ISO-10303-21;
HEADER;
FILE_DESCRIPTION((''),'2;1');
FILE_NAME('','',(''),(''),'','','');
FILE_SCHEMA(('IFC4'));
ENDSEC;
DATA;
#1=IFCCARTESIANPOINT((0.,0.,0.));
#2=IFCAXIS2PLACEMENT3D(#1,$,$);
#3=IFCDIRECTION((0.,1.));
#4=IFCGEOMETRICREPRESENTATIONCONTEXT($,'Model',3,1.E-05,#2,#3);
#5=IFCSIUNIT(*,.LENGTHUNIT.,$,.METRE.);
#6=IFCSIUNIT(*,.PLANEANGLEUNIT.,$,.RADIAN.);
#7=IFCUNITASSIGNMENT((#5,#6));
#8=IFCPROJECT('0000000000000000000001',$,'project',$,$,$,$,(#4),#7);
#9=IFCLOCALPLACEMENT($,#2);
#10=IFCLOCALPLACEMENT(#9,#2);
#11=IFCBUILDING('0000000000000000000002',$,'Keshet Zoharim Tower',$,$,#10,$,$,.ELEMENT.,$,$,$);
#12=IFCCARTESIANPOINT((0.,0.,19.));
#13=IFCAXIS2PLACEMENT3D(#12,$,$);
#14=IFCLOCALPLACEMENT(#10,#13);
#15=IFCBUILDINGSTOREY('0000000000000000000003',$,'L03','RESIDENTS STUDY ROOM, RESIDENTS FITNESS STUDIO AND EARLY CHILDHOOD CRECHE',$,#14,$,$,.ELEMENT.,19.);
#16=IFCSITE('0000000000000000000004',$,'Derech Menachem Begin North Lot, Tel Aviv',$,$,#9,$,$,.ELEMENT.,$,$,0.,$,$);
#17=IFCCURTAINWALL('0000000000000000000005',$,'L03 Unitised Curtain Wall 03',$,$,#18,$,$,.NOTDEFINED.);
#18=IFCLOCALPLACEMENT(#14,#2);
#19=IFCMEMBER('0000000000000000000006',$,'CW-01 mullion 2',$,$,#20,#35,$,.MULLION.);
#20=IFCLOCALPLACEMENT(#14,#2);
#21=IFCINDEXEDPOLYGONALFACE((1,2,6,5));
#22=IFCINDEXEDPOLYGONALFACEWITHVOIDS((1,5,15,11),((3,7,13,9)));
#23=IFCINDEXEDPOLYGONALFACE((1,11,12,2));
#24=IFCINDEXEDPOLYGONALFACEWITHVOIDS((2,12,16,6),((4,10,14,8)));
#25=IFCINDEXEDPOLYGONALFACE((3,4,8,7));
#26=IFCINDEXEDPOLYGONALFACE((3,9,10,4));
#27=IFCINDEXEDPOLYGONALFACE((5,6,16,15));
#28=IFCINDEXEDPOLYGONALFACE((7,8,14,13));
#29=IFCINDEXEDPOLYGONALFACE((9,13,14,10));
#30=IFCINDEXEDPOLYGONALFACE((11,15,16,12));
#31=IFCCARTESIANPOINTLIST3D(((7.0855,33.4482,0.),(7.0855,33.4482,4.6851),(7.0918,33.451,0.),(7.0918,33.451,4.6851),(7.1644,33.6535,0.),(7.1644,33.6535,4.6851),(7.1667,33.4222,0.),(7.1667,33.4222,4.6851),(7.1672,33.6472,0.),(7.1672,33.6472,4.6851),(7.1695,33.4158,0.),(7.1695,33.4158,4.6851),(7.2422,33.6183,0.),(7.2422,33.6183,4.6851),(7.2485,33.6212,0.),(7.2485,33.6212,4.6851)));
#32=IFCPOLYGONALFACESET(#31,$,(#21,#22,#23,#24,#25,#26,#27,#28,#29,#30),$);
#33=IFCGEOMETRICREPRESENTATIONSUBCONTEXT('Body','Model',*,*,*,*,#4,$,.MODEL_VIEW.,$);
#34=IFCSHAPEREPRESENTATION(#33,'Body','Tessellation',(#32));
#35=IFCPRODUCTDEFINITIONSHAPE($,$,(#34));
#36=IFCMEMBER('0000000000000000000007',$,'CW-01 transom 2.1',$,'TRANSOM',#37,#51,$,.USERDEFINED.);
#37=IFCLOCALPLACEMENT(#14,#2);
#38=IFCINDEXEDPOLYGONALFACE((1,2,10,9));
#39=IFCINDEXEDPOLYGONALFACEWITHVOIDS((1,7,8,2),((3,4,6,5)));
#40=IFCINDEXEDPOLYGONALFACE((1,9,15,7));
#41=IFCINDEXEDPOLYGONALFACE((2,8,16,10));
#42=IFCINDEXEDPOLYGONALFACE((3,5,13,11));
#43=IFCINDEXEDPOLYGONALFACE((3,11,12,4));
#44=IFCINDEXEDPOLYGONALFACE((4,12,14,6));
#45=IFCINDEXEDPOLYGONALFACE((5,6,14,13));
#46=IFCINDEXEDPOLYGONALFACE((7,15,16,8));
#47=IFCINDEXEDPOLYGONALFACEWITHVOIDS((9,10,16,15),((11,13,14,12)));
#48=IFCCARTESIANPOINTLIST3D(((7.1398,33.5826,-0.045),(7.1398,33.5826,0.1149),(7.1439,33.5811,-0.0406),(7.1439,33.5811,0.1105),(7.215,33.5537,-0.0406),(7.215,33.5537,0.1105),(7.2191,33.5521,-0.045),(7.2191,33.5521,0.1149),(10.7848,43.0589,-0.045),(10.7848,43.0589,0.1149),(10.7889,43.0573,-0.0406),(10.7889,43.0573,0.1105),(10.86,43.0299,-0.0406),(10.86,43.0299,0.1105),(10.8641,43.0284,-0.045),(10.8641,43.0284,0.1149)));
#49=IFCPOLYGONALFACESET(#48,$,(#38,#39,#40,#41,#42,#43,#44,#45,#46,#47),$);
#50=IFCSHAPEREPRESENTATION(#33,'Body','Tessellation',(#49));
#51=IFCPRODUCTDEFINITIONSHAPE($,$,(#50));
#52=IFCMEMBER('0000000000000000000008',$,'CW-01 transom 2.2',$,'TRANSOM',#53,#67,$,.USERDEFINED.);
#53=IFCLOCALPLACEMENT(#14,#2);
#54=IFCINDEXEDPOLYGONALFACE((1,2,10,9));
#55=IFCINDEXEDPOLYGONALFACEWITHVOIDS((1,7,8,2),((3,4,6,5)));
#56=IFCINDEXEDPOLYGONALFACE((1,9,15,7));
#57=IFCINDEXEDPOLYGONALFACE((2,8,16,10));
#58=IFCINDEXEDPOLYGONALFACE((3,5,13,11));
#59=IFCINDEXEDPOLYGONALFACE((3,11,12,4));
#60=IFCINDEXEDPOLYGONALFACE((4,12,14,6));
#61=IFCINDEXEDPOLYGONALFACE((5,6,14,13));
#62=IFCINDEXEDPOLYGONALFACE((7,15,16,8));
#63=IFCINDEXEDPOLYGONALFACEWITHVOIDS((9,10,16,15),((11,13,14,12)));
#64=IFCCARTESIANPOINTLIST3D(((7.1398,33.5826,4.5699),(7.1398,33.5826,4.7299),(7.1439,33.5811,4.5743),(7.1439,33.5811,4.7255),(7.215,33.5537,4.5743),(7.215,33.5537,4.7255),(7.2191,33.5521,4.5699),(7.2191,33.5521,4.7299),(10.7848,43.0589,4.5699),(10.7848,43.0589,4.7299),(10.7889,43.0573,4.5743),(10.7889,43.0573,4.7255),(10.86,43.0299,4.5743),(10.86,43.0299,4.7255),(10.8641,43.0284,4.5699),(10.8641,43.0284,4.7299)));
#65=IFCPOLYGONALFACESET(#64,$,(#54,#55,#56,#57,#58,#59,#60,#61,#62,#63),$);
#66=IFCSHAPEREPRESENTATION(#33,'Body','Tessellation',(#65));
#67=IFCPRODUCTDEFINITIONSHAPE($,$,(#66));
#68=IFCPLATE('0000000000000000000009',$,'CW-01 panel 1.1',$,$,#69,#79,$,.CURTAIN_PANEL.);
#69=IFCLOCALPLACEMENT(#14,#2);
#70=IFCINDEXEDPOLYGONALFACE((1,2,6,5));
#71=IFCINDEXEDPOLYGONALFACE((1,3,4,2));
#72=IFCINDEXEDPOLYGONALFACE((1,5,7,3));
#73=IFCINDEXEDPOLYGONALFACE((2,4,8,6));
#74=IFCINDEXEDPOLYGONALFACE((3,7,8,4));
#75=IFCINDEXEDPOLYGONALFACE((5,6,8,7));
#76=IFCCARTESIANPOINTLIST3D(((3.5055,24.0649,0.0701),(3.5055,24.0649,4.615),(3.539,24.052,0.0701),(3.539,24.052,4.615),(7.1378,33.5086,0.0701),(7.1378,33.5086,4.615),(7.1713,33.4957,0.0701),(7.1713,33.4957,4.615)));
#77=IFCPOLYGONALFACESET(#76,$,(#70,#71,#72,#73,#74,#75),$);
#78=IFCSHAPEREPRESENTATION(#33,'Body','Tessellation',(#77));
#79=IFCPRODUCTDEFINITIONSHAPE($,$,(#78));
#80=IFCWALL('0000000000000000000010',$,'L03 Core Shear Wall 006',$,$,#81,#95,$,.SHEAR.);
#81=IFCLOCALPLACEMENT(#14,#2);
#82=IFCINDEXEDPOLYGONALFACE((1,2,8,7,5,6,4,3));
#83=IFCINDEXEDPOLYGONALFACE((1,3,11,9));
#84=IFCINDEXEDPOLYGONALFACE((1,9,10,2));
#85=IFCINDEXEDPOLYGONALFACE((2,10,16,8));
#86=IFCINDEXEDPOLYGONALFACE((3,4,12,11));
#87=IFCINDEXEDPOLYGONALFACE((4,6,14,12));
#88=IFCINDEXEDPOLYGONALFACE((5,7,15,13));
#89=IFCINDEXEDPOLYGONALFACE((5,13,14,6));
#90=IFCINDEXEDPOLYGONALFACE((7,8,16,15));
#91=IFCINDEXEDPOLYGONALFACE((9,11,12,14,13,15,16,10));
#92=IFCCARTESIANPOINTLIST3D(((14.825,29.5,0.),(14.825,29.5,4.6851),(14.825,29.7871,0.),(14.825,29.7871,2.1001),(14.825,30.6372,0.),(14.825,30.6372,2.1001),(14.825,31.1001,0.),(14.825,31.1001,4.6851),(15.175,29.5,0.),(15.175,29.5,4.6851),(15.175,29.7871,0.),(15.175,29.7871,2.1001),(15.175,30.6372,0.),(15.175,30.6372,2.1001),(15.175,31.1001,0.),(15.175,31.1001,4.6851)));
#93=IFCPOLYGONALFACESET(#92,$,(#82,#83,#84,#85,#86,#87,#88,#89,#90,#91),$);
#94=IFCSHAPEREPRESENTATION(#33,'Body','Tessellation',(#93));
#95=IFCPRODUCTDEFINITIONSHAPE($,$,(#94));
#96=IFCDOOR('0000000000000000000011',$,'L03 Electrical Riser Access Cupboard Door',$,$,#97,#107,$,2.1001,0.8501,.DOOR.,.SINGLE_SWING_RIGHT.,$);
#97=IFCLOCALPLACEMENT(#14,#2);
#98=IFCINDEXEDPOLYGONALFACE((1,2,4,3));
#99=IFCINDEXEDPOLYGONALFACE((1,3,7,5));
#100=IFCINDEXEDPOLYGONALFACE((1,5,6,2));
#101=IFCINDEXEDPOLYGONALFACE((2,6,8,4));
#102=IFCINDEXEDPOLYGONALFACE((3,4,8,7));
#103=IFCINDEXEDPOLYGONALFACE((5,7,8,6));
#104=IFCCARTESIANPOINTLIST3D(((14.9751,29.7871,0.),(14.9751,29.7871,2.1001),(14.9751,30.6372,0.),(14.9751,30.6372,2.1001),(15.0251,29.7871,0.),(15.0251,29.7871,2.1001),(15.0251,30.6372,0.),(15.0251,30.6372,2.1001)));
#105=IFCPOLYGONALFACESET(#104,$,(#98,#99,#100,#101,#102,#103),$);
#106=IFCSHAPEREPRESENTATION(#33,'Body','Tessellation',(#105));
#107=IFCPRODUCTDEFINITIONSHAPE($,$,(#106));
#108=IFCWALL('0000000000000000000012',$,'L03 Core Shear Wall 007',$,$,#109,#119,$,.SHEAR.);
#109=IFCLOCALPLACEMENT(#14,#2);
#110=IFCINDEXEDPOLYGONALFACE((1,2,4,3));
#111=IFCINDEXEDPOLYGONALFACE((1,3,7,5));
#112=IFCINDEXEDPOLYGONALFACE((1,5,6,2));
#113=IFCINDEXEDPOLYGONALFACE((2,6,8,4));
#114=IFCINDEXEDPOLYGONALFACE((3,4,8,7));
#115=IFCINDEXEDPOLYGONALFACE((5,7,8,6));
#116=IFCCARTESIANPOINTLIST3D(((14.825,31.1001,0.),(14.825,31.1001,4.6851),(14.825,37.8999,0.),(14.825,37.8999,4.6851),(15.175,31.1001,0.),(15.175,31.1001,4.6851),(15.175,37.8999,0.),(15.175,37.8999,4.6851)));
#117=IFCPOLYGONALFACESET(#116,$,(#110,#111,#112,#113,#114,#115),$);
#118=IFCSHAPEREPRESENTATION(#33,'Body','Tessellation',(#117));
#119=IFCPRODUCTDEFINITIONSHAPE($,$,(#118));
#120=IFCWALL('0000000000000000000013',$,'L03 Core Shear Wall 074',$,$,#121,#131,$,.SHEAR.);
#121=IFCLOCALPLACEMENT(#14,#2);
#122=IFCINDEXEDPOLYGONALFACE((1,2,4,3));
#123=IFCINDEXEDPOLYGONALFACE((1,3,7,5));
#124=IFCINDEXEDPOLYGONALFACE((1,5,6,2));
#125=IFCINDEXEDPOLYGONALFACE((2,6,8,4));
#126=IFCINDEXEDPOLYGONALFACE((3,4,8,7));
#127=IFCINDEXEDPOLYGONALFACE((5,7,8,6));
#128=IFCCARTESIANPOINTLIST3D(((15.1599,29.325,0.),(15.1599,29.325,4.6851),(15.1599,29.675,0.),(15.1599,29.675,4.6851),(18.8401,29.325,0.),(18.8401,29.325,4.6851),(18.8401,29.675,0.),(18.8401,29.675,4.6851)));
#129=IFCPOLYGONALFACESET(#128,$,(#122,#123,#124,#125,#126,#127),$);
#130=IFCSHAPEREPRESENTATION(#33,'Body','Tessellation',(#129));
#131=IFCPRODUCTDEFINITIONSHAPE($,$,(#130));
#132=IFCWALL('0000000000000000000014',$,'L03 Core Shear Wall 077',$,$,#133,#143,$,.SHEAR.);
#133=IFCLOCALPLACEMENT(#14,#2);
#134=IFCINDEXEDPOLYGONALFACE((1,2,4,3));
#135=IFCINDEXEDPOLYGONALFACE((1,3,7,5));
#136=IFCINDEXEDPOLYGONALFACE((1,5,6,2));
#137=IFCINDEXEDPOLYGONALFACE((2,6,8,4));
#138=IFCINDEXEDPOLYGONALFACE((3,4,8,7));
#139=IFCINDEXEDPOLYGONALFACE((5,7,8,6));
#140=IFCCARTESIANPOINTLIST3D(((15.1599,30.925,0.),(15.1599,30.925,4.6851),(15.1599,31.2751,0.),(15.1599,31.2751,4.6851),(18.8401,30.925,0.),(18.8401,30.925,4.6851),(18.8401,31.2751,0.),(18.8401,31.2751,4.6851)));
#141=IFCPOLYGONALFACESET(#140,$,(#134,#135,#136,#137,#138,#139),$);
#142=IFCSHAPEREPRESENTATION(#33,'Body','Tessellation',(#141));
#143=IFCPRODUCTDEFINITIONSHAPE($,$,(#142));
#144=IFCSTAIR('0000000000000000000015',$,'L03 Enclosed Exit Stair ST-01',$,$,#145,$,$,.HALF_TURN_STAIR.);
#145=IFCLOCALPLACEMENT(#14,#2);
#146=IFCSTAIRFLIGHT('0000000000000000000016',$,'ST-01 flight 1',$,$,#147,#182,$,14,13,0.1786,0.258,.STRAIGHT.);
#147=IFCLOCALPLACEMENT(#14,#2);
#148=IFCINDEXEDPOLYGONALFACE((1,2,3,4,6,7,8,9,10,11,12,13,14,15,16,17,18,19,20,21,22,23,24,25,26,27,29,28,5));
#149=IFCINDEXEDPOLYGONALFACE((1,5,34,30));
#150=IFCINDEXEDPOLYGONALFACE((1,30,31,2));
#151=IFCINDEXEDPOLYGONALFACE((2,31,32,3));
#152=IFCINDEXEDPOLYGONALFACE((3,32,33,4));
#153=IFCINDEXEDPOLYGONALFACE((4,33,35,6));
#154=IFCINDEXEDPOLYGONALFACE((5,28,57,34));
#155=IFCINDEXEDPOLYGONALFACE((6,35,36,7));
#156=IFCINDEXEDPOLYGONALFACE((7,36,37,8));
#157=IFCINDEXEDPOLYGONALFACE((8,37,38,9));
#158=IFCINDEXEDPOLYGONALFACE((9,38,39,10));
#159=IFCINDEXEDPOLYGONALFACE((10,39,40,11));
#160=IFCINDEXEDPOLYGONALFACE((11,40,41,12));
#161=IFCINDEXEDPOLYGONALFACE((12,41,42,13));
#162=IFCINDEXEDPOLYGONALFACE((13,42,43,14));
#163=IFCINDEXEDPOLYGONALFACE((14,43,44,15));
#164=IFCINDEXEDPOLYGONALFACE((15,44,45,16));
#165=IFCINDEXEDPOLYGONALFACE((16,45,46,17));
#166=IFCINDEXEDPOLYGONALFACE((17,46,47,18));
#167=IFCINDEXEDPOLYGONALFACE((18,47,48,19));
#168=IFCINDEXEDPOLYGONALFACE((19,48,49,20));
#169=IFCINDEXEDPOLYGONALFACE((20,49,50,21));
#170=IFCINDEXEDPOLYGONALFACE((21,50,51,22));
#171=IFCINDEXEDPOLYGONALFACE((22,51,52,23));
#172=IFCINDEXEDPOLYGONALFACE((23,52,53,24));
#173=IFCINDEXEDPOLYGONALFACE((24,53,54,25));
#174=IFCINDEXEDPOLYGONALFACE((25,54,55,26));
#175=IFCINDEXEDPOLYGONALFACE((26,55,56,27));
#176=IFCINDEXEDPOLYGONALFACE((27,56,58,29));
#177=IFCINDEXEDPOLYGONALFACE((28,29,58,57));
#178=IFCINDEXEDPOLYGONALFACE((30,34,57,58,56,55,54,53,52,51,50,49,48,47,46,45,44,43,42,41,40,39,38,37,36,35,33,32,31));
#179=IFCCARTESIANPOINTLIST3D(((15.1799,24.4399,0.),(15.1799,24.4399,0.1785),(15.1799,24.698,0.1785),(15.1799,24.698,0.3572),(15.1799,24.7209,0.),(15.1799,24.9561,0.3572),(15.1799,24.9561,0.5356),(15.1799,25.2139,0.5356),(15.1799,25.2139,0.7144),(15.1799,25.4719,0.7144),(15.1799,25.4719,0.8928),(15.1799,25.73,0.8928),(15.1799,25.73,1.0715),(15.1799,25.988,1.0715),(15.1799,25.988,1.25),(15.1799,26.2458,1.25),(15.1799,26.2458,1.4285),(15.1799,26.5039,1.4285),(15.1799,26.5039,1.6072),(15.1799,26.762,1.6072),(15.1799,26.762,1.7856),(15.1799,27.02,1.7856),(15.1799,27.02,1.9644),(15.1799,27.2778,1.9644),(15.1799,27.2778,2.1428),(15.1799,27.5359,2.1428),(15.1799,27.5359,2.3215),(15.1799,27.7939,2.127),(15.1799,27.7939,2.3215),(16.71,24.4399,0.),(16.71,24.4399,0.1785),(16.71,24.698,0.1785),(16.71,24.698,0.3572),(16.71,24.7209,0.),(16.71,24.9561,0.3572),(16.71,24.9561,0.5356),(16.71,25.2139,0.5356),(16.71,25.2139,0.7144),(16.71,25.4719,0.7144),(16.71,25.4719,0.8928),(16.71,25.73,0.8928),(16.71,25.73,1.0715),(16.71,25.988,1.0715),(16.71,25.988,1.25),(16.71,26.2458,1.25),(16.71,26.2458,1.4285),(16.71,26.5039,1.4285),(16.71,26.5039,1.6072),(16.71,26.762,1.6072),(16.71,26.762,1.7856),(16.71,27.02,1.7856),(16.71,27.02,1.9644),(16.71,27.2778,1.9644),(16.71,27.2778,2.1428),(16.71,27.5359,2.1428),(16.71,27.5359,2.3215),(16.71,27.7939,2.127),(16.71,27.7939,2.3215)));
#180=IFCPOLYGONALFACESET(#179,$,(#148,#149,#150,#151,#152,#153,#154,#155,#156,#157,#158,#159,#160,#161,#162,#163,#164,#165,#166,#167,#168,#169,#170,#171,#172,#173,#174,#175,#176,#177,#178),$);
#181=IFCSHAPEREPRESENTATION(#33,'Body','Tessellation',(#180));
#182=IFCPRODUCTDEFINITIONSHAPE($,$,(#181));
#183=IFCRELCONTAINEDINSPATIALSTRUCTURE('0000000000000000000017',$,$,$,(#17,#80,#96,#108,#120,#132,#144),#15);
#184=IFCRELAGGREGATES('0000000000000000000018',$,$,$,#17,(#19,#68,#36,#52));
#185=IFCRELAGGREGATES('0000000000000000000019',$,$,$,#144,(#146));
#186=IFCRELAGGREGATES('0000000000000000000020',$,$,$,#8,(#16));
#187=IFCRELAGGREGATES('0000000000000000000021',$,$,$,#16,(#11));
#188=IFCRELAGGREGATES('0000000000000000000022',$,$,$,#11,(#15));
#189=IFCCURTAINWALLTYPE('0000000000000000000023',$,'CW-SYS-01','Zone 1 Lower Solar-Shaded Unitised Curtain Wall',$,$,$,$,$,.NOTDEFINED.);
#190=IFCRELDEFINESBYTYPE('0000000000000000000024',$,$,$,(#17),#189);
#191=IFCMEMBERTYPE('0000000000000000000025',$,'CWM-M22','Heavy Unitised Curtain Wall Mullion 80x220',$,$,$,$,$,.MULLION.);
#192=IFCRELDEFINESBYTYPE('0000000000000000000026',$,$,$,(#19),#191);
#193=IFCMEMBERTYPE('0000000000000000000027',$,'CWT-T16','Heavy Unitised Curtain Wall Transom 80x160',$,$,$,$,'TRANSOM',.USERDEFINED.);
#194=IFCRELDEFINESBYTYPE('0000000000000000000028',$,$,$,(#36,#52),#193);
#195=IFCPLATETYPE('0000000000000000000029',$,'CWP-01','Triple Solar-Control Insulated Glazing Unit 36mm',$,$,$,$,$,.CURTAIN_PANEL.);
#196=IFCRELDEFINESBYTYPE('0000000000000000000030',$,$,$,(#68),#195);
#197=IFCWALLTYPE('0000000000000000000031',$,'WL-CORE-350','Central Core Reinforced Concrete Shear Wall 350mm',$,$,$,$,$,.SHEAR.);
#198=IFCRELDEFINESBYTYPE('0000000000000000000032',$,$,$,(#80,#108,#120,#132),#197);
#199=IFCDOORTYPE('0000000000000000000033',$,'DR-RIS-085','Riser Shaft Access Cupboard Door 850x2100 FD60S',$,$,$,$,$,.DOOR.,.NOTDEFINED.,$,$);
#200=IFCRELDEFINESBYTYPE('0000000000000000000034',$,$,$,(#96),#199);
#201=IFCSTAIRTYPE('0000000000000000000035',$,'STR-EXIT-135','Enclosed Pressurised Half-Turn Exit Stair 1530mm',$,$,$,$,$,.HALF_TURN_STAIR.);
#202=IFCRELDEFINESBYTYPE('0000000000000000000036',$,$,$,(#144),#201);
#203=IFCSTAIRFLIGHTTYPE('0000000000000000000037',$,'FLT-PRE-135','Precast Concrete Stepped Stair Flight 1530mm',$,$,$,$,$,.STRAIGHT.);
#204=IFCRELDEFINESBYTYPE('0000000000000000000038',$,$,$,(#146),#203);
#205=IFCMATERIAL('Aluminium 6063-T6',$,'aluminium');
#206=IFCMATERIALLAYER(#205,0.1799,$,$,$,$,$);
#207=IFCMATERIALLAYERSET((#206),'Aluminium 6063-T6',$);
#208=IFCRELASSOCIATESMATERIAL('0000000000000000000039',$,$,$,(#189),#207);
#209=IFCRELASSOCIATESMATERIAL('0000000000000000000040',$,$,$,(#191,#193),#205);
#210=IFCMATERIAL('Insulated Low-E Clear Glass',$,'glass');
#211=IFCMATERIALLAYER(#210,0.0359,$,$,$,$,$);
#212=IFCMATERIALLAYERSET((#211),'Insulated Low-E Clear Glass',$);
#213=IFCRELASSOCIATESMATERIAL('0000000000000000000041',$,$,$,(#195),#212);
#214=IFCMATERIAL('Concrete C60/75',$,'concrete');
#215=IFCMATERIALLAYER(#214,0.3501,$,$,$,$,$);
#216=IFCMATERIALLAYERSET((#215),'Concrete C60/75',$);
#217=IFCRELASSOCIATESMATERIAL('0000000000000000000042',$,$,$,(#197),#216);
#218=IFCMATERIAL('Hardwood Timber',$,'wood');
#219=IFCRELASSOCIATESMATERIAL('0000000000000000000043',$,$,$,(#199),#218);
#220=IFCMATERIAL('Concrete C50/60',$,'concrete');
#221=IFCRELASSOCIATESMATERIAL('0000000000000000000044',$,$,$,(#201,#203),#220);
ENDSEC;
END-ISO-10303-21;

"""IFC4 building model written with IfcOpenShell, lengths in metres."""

from ifc_helpers import new_model, si_unit, direction, frame, frame_2d, origin, origin_2d, place, context, subcontext, project, spatial, polyline, rectangle, hollow_rectangle, outline, extrude, material, layer, layer_set, material_profile, profile_set, type_object, element, fill, aggregate, save


model = new_model("IFC4")

# Units and contexts
model_context = context("Model", 3, precision=1e-05, world=origin(), true_north=direction((0.0, 1.0)))
body_context = subcontext(model_context, "Body", "Model", "MODEL_VIEW")
ifc_project = project(units=[si_unit("LENGTHUNIT", "METRE"), si_unit("PLANEANGLEUNIT", "RADIAN")], contexts=[model_context])

# Site, building, storey
site_placement = place(None, origin())
site = spatial("IfcSite", under=ifc_project, at=site_placement, Name="Derech Menachem Begin North Lot, Tel Aviv", CompositionType="ELEMENT", RefElevation=0.0)
building_placement = place(site_placement, origin())
building = spatial("IfcBuilding", under=site, at=building_placement, Name="Keshet Zoharim Tower", CompositionType="ELEMENT")
storey_placement = place(building_placement, frame((0.0, 0.0, 19.0)))
storey = spatial("IfcBuildingStorey", under=building, at=storey_placement, Name="L03", Description="RESIDENTS STUDY ROOM, RESIDENTS FITNESS STUDIO AND EARLY CHILDHOOD CRECHE", CompositionType="ELEMENT", Elevation=19.0)

# Curtain wall, members, plate
ifc_material_1 = material(Name="Aluminium 6063-T6", Category="aluminium")
ifc_layer_1 = layer(ifc_material_1, 0.1799)
ifc_layer_set_1 = layer_set([ifc_layer_1], Name="Aluminium 6063-T6")
curtain_wall_type = type_object("IfcCurtainWallType", Name="CW-SYS-01", Description="Zone 1 Lower Solar-Shaded Unitised Curtain Wall", PredefinedType="NOTDEFINED", material=ifc_layer_set_1)
curtain_wall_placement = place(storey_placement, origin())
curtain_wall = element("IfcCurtainWall", 1, at=curtain_wall_placement, inside=storey, type_object=curtain_wall_type, Name="L03 Unitised Curtain Wall 03", PredefinedType="NOTDEFINED")
ifc_material_profile_1 = material_profile(ifc_material_1, hollow_rectangle(XDim=0.0901, YDim=0.22, WallThickness=0.0049, at=origin_2d()), Name="MUL-90x220")
ifc_profile_set_1 = profile_set([ifc_material_profile_1], Name="Aluminium 6063-T6")
member_type_1 = type_object("IfcMemberType", Name="CWM-M22", Description="Heavy Unitised Curtain Wall Mullion 80x220", PredefinedType="MULLION", material=ifc_profile_set_1)
member_1_placement = place(storey_placement, frame((7.167, 33.5347, 0.0), z_axis=(0.0, 0.0, 1.0), x_axis=(-0.933341, 0.35899, 0.0)))
member_1 = element("IfcMember", 2, at=member_1_placement, type_object=member_type_1, Name="CW-01 mullion 2", PredefinedType="MULLION", context=body_context, shape_type="SweptSolid", body=[
    extrude(hollow_rectangle(XDim=0.0901, YDim=0.22, WallThickness=0.0049, at=origin_2d()), origin(), (0.0, 0.0, 1.0), 4.6851),
])
ifc_material_profile_2 = material_profile(ifc_material_1, hollow_rectangle(XDim=0.085, YDim=0.1599, WallThickness=0.0044, at=origin_2d()), Name="TRN-85x160")
ifc_profile_set_2 = profile_set([ifc_material_profile_2], Name="Aluminium 6063-T6")
member_type_2 = type_object("IfcMemberType", Name="CWT-T16", Description="Heavy Unitised Curtain Wall Transom 80x160", ElementType="TRANSOM", PredefinedType="USERDEFINED", material=ifc_profile_set_2)
member_2_placement = place(storey_placement, frame((7.1794, 33.5674, 0.0349), z_axis=(0.359003, 0.933336, 0.0), x_axis=(-0.933336, 0.359003, 0.0)))
member_2 = element("IfcMember", 3, at=member_2_placement, type_object=member_type_2, Name="CW-01 transom 2.1", ObjectType="TRANSOM", PredefinedType="USERDEFINED", context=body_context, shape_type="SweptSolid", body=[
    extrude(hollow_rectangle(XDim=0.085, YDim=0.1599, WallThickness=0.0044, at=origin_2d()), origin(), (0.0, 0.0, 1.0), 10.1531),
])
member_3_placement = place(storey_placement, frame((7.1794, 33.5674, 4.6499), z_axis=(0.359003, 0.933336, 0.0), x_axis=(-0.933336, 0.359003, 0.0)))
member_3 = element("IfcMember", 4, at=member_3_placement, type_object=member_type_2, Name="CW-01 transom 2.2", ObjectType="TRANSOM", PredefinedType="USERDEFINED", context=body_context, shape_type="SweptSolid", body=[
    extrude(hollow_rectangle(XDim=0.085, YDim=0.1599, WallThickness=0.0044, at=origin_2d()), origin(), (0.0, 0.0, 1.0), 10.1531),
])
ifc_material_2 = material(Name="Insulated Low-E Clear Glass", Category="glass")
ifc_layer_2 = layer(ifc_material_2, 0.0359)
ifc_layer_set_2 = layer_set([ifc_layer_2], Name="Insulated Low-E Clear Glass")
plate_type = type_object("IfcPlateType", Name="CWP-01", Description="Triple Solar-Control Insulated Glazing Unit 36mm", PredefinedType="CURTAIN_PANEL", material=ifc_layer_set_2)
plate_placement = place(storey_placement, frame((5.3384, 28.7803, 0.0701), z_axis=(0.0, 0.0, 1.0), x_axis=(0.35899, 0.933341, 0.0)))
plate = element("IfcPlate", 5, at=plate_placement, type_object=plate_type, Name="CW-01 panel 1.1", PredefinedType="CURTAIN_PANEL", context=body_context, shape_type="SweptSolid", body=[
    extrude(rectangle(XDim=10.1182, YDim=0.0359, at=origin_2d()), origin(), (0.0, 0.0, 1.0), 4.5449),
])
aggregate(curtain_wall, [member_1, plate, member_2, member_3])

# Wall, opening, door
ifc_material_3 = material(Name="Concrete C60/75", Category="concrete")
ifc_layer_3 = layer(ifc_material_3, 0.3501)
ifc_layer_set_3 = layer_set([ifc_layer_3], Name="Concrete C60/75")
wall_type = type_object("IfcWallType", Name="WL-CORE-350", Description="Central Core Reinforced Concrete Shear Wall 350mm", PredefinedType="SHEAR", material=ifc_layer_set_3)
wall_1_placement = place(storey_placement, frame((15.0, 29.5, 0.0), z_axis=(0.0, 0.0, 1.0), x_axis=(0.0, 1.0, 0.0)))
wall_1 = element("IfcWall", 6, at=wall_1_placement, inside=storey, type_object=wall_type, Name="L03 Core Shear Wall 006", PredefinedType="SHEAR", context=body_context, shape_type="SweptSolid", body=[
    extrude(rectangle(XDim=1.6001, YDim=0.3501, at=frame_2d((0.8, 0.0))), origin(), (0.0, 0.0, 1.0), 4.6851),
])
opening_placement = place(wall_1_placement, frame((0.2871, 0.0, 0.0)))
opening = element("IfcOpeningElement", 7, at=opening_placement, cuts=wall_1, PredefinedType="OPENING", context=body_context, shape_type="SweptSolid", body=[
    extrude(rectangle(XDim=0.8501, YDim=2.1001, at=frame_2d((0.425, 1.05))), frame((0.0, 0.1851, 0.0), z_axis=(0.0, -1.0, 0.0), x_axis=(1.0, 0.0, 0.0)), (0.0, 0.0, 1.0), 0.3701),
])
ifc_material_4 = material(Name="Hardwood Timber", Category="wood")
door_type = type_object("IfcDoorType", Name="DR-RIS-085", Description="Riser Shaft Access Cupboard Door 850x2100 FD60S", OperationType="NOTDEFINED", PredefinedType="DOOR", material=ifc_material_4)
door_placement = place(opening_placement, origin())
door = element("IfcDoor", 8, at=door_placement, inside=storey, type_object=door_type, Name="L03 Electrical Riser Access Cupboard Door", OperationType="SINGLE_SWING_RIGHT", OverallHeight=2.1001, OverallWidth=0.8501, PredefinedType="DOOR", context=body_context, shape_type="SweptSolid", body=[
    extrude(rectangle(XDim=0.8501, YDim=2.1001, at=frame_2d((0.425, 1.05))), frame((0.0, 0.0249, 0.0), z_axis=(0.0, -1.0, 0.0), x_axis=(1.0, 0.0, 0.0)), (0.0, 0.0, 1.0), 0.05),
])
fill(opening, door)

# Walls
wall_2_placement = place(storey_placement, frame((15.0, 31.1001, 0.0), z_axis=(0.0, 0.0, 1.0), x_axis=(0.0, 1.0, 0.0)))
element("IfcWall", 9, at=wall_2_placement, inside=storey, type_object=wall_type, Name="L03 Core Shear Wall 007", PredefinedType="SHEAR", context=body_context, shape_type="SweptSolid", body=[
    extrude(rectangle(XDim=6.7998, YDim=0.3501, at=frame_2d((3.3999, 0.0))), origin(), (0.0, 0.0, 1.0), 4.6851),
])
for number, where, z_axis, x_axis, name in (
    (10, (15.1599, 29.5, 0.0), (0.0, 0.0, 1.0), (1.0, 0.0, 0.0), "L03 Core Shear Wall 074"),
    (11, (15.1599, 31.1001, 0.0), (0.0, 0.0, 1.0), (1.0, 0.0, 0.0), "L03 Core Shear Wall 077"),
):
    element("IfcWall", number, at=place(storey_placement, frame(where, z_axis=z_axis, x_axis=x_axis)), inside=storey, type_object=wall_type, Name=name, PredefinedType="SHEAR", context=body_context, shape_type="SweptSolid", body=[
        extrude(rectangle(XDim=3.6802, YDim=0.3501, at=frame_2d((1.8401, 0.0))), origin(), (0.0, 0.0, 1.0), 4.6851),
    ])

# Stair, stair flight
ifc_material_5 = material(Name="Concrete C50/60", Category="concrete")
stair_type = type_object("IfcStairType", Name="STR-EXIT-135", Description="Enclosed Pressurised Half-Turn Exit Stair 1530mm", PredefinedType="HALF_TURN_STAIR", material=ifc_material_5)
stair_1_placement = place(storey_placement, origin())
stair_1 = element("IfcStair", 12, at=stair_1_placement, inside=storey, type_object=stair_type, Name="L03 Enclosed Exit Stair ST-01", PredefinedType="HALF_TURN_STAIR")
stair_flight_type = type_object("IfcStairFlightType", Name="FLT-PRE-135", Description="Precast Concrete Stepped Stair Flight 1530mm", PredefinedType="STRAIGHT", material=ifc_material_5)
stair_flight_1_placement = place(storey_placement, frame((15.9451, 24.4399, 0.0), z_axis=(0.0, 0.0, 1.0), x_axis=(0.0, 1.0, 0.0)))
stair_flight_1 = element("IfcStairFlight", 13, at=stair_flight_1_placement, type_object=stair_flight_type, Name="ST-01 flight 1", NumberOfRisers=14, NumberOfTreads=13, PredefinedType="STRAIGHT", RiserHeight=0.1786, TreadLength=0.258, context=body_context, shape_type="SweptSolid", body=[
    extrude(outline(polyline([(0.0, 0.0), (0.0, 0.1785), (0.2581, 0.1785), (0.2581, 0.3572), (0.5161, 0.3572), (0.5161, 0.5356), (0.7739, 0.5356), (0.7739, 0.7144), (1.032, 0.7144), (1.032, 0.8928), (1.29, 0.8928), (1.29, 1.0715), (1.5481, 1.0715), (1.5481, 1.25), (1.8059, 1.25), (1.8059, 1.4285), (2.064, 1.4285), (2.064, 1.6072), (2.322, 1.6072), (2.322, 1.7856), (2.5801, 1.7856), (2.5801, 1.9644), (2.8379, 1.9644), (2.8379, 2.1428), (3.0959, 2.1428), (3.0959, 2.3215), (3.354, 2.3215), (3.354, 2.5), (3.354, 2.127), (0.281, 0.0), (0.0, 0.0)])), frame((0.0, 0.7651, 0.0), z_axis=(0.0, -1.0, 0.0), x_axis=(1.0, 0.0, 0.0)), (0.0, 0.0, 1.0), 1.53),
])
aggregate(stair_1, [stair_flight_1])

save(model, "model.ifc")
